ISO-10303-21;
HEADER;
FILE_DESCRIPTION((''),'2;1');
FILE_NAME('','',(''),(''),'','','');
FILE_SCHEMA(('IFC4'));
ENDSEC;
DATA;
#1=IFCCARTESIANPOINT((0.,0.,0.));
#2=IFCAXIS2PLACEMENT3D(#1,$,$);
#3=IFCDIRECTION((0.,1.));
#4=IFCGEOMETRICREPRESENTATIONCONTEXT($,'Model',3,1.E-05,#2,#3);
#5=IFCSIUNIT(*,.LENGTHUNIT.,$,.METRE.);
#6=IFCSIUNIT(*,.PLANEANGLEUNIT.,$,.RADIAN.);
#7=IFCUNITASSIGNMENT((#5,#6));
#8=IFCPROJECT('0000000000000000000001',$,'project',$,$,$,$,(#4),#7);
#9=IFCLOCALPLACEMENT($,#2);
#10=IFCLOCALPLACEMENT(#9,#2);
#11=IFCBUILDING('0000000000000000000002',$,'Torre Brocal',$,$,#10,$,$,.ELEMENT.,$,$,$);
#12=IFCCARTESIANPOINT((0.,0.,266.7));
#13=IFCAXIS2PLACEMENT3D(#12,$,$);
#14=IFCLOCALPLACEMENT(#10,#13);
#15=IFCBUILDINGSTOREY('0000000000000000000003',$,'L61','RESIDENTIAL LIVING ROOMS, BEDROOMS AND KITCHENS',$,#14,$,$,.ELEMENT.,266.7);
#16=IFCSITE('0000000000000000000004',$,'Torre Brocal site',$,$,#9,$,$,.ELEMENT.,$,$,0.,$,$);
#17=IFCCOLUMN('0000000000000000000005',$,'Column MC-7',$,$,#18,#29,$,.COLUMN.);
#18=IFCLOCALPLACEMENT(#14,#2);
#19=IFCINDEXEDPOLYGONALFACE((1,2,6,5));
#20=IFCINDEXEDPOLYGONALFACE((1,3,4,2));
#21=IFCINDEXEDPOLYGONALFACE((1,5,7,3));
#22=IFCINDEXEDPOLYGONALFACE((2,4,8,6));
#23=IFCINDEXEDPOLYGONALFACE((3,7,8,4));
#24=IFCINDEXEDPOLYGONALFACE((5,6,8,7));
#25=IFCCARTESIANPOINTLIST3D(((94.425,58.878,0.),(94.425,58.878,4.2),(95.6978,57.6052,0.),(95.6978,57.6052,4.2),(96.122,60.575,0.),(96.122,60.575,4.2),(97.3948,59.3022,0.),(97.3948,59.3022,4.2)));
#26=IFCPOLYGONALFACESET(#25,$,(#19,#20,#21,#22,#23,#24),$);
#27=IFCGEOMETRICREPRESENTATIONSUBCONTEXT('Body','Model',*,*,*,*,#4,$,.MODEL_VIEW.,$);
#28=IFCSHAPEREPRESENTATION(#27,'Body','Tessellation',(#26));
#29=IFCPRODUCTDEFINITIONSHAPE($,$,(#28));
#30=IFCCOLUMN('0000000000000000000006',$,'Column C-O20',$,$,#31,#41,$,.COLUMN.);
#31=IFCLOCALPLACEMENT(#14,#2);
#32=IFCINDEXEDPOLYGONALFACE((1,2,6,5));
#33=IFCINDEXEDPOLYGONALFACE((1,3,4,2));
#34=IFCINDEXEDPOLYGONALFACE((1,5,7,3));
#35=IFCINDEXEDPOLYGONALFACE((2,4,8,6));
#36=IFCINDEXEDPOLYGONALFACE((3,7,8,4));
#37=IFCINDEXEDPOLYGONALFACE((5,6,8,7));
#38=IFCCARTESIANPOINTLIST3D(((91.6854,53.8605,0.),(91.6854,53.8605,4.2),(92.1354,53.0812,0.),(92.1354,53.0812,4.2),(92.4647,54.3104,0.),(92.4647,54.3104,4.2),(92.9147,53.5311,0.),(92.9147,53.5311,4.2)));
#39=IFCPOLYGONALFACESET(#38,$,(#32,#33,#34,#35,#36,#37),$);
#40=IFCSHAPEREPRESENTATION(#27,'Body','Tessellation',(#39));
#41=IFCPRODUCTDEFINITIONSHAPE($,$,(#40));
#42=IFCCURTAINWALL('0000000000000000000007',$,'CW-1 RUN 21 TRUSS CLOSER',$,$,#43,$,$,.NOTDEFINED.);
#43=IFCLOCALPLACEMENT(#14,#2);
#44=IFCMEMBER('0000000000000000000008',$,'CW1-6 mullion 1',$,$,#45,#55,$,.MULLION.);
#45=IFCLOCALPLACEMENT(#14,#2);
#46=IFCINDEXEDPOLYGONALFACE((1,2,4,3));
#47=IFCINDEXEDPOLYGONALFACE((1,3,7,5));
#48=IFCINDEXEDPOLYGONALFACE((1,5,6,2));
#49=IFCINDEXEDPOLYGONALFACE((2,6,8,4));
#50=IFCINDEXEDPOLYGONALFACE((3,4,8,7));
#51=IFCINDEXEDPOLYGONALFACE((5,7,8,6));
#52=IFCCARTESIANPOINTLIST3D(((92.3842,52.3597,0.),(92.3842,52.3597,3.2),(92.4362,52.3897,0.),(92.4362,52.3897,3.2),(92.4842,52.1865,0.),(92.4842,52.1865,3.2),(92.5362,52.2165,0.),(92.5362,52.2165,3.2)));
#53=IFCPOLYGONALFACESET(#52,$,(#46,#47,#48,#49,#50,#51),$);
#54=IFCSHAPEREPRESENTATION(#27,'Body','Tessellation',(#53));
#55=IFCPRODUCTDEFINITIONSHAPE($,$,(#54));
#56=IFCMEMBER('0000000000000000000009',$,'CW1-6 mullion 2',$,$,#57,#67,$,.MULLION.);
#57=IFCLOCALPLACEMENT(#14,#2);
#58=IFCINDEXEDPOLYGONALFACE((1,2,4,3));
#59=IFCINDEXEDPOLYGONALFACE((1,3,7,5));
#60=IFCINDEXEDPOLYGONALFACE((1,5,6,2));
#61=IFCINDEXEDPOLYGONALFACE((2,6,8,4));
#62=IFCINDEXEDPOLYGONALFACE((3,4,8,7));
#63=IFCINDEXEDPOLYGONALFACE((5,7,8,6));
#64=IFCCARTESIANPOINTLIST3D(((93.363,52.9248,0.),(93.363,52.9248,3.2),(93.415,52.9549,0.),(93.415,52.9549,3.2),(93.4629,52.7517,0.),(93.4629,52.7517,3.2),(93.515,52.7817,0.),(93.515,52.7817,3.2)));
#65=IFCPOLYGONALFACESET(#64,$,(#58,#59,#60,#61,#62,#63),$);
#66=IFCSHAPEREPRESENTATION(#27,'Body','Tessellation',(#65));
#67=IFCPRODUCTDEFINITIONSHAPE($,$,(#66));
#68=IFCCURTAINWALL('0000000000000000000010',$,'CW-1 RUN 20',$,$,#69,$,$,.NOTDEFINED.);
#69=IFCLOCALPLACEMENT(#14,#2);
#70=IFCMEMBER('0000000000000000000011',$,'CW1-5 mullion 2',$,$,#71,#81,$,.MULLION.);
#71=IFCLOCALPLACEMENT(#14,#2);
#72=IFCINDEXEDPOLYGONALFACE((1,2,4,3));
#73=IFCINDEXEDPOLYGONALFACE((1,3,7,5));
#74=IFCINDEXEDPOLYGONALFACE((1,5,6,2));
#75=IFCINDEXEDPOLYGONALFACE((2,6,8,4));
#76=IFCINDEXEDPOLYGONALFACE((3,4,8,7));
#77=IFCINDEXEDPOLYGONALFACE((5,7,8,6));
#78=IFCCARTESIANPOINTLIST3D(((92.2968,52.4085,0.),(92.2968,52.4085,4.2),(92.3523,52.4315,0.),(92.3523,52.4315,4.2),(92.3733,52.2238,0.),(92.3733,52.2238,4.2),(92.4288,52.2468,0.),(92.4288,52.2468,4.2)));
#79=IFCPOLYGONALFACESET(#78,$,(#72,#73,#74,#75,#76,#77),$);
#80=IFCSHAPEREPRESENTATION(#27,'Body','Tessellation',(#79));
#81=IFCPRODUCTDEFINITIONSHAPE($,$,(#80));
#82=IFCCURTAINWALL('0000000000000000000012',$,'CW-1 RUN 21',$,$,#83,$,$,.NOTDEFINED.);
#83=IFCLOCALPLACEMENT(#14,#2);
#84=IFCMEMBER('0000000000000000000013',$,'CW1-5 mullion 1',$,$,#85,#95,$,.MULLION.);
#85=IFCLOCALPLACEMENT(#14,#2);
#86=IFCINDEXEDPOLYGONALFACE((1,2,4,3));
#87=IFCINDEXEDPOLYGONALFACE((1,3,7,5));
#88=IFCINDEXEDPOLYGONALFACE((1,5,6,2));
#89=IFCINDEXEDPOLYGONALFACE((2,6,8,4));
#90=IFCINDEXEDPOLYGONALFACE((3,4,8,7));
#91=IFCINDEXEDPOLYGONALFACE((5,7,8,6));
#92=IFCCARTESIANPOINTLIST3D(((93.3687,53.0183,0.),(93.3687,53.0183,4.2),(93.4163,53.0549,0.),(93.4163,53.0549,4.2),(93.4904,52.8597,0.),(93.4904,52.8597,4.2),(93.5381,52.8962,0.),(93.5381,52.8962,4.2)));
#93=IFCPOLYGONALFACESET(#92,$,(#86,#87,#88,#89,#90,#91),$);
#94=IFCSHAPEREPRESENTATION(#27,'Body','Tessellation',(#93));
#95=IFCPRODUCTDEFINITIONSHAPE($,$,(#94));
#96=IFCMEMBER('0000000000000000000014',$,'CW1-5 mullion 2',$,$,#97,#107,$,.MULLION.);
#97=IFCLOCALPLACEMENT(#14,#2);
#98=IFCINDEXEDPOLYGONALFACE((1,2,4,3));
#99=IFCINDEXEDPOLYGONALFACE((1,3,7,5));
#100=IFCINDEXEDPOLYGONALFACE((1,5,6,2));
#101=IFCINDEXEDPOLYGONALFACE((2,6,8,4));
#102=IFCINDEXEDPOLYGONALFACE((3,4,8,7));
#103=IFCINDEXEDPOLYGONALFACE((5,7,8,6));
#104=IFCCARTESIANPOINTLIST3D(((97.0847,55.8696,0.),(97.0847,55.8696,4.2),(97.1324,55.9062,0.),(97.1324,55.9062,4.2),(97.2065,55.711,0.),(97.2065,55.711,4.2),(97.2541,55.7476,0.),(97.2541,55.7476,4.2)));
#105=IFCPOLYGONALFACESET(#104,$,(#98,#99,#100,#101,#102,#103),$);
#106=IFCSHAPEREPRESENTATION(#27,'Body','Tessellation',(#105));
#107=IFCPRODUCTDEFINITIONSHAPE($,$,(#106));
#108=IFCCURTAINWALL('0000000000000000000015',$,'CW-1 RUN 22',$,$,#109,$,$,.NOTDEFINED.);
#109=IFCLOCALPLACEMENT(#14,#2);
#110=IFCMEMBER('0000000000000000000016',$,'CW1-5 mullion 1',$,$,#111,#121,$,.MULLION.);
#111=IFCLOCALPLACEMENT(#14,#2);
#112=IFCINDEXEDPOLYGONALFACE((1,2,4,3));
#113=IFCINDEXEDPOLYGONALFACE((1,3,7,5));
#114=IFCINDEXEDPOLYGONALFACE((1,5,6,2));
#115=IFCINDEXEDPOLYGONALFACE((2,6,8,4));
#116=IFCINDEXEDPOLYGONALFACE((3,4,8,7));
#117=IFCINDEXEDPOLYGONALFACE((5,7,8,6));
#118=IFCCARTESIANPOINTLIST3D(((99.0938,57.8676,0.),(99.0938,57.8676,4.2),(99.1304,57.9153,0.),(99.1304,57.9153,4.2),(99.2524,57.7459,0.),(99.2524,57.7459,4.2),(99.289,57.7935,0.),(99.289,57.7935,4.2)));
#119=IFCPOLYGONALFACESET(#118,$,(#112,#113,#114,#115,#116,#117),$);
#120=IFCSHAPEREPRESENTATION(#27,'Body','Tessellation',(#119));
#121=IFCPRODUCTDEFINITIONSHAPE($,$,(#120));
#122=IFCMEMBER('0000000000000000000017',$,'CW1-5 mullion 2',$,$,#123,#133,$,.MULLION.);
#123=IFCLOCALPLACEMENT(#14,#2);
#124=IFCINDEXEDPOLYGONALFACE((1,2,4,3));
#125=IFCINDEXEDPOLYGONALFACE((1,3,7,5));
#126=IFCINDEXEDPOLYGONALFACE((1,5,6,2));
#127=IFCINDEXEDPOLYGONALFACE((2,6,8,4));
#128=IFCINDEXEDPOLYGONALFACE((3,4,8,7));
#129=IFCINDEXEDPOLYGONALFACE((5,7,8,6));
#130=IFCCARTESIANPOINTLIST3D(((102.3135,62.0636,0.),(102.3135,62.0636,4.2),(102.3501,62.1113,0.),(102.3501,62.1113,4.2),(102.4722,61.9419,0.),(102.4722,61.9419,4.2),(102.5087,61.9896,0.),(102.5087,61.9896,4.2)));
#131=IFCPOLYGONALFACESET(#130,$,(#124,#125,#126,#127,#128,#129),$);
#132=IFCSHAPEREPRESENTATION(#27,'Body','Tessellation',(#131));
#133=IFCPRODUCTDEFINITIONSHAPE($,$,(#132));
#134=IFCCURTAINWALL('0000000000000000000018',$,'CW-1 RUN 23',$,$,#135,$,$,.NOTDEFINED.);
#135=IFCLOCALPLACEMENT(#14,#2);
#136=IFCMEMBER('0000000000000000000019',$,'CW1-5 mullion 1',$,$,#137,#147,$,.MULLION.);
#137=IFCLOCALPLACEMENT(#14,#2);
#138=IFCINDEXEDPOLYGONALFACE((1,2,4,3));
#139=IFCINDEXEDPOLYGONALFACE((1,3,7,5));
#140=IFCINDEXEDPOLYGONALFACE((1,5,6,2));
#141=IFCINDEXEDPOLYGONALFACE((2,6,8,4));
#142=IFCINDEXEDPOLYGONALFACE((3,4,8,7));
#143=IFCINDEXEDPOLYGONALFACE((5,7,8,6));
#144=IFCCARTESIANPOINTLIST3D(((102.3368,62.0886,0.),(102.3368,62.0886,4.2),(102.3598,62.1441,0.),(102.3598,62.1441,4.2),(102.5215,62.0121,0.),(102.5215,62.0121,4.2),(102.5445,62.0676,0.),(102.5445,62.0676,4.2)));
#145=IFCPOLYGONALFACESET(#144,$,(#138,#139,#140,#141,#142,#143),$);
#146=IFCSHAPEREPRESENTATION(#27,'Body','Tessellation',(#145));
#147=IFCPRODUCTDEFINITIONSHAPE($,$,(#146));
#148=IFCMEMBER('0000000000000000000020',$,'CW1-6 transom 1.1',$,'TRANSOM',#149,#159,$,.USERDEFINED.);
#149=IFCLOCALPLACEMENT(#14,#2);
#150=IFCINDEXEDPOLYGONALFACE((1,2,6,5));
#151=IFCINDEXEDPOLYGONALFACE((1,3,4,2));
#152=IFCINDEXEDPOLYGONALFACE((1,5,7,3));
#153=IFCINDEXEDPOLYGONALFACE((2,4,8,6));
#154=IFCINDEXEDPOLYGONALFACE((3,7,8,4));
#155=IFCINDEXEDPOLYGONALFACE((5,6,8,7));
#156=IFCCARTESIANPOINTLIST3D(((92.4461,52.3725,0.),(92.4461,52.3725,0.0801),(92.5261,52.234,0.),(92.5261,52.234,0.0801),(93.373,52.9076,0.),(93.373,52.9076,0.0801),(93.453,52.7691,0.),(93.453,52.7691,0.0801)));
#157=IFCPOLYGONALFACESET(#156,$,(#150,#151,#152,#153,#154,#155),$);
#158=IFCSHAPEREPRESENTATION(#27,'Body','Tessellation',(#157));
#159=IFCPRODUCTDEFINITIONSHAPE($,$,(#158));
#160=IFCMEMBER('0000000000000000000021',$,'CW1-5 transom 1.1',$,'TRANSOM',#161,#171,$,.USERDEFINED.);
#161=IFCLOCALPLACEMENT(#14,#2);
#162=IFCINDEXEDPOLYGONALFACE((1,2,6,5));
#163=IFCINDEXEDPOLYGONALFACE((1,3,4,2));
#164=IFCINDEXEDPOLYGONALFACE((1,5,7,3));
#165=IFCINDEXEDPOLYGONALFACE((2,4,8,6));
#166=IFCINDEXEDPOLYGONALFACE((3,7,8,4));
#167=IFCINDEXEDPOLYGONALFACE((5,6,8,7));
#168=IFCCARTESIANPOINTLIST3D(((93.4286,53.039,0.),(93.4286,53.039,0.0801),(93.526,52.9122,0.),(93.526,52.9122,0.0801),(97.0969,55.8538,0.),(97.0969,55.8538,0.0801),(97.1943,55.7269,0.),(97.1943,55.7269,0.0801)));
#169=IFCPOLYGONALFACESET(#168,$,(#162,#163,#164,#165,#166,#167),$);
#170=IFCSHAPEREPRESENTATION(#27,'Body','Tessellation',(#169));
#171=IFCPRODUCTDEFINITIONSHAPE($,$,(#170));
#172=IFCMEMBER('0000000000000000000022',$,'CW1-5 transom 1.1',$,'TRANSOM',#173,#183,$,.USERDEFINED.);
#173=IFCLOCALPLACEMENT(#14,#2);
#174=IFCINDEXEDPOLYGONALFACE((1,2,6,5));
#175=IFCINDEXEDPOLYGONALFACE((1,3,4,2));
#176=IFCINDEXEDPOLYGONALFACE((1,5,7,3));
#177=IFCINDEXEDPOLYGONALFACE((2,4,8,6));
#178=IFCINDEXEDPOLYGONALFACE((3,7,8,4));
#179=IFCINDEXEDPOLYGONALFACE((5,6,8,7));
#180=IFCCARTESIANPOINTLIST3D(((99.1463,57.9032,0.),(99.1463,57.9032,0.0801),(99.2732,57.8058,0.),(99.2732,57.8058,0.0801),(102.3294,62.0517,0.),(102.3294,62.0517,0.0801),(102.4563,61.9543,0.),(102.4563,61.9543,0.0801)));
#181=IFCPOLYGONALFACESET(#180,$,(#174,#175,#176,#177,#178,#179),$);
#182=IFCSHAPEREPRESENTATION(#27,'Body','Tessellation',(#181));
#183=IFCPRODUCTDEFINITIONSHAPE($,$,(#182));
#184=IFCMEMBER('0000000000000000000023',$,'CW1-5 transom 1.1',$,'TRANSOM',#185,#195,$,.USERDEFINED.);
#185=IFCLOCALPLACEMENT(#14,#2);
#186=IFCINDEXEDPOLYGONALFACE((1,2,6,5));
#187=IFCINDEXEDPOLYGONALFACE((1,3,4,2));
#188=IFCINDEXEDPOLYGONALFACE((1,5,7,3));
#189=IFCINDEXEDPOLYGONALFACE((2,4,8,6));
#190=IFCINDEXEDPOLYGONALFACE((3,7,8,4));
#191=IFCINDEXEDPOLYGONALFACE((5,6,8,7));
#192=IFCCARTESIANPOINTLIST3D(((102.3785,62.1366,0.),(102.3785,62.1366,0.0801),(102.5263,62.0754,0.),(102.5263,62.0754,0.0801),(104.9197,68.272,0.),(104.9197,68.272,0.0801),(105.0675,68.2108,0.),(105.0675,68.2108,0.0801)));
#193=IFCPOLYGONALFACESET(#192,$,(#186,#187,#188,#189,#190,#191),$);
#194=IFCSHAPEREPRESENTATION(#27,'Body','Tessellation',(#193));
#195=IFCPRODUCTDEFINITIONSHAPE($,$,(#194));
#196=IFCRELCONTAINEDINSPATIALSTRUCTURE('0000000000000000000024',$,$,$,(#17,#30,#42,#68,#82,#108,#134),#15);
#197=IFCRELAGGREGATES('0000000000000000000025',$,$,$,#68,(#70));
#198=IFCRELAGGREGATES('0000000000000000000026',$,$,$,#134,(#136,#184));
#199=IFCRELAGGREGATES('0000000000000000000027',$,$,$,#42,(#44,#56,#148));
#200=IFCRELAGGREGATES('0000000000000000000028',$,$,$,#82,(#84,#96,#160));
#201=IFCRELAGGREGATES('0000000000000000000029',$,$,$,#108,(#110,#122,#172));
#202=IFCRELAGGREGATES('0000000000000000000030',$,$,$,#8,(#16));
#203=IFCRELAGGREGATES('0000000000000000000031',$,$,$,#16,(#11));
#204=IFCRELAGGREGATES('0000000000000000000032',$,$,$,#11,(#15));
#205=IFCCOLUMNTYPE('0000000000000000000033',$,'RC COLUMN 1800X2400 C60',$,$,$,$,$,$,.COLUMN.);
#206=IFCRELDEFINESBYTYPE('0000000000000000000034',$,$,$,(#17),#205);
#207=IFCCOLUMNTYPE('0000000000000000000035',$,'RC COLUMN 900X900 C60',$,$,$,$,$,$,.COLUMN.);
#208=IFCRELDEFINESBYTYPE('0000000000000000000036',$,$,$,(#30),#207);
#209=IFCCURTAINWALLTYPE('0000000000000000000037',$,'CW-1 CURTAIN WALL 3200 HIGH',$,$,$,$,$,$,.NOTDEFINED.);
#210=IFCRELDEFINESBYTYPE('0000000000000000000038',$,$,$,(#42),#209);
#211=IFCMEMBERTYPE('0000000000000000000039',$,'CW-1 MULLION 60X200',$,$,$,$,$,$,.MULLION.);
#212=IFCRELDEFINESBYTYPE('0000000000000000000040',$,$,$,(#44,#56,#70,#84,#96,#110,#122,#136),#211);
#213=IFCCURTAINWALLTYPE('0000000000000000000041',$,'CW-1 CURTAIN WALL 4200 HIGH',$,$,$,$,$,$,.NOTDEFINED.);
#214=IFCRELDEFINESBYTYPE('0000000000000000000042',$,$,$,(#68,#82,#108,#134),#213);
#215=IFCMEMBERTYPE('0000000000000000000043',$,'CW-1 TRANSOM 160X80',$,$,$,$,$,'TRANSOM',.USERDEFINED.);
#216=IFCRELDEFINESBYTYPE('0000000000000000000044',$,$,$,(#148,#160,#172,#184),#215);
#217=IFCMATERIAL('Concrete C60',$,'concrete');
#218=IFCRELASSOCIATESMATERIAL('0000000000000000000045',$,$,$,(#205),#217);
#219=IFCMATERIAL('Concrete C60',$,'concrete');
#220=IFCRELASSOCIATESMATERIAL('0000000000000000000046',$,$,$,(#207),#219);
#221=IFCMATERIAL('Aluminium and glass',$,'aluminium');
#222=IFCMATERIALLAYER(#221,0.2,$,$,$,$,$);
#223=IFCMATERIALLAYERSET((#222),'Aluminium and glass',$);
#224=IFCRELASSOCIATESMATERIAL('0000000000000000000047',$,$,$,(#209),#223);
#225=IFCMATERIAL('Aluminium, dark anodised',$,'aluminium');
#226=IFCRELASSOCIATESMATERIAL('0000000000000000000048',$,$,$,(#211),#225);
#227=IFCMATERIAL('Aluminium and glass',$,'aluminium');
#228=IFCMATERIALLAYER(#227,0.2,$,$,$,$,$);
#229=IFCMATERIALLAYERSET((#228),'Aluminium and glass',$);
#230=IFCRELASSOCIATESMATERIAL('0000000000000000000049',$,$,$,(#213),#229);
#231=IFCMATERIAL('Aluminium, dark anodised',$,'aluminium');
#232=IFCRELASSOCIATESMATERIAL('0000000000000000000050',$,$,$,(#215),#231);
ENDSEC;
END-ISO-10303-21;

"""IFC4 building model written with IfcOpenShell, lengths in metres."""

from ifc_helpers import new_model, si_unit, direction, frame, origin, origin_2d, place, context, subcontext, project, spatial, rectangle, extrude, material, layer, layer_set, material_profile, profile_set, type_object, element, aggregate, save


model = new_model("IFC4")

# Units and contexts
model_context = context("Model", 3, precision=1e-05, world=origin(), true_north=direction((0.0, 1.0)))
body_context = subcontext(model_context, "Body", "Model", "MODEL_VIEW")
ifc_project = project(units=[si_unit("LENGTHUNIT", "METRE"), si_unit("PLANEANGLEUNIT", "RADIAN")], contexts=[model_context])

# Site, building, storey
site_placement = place(None, origin())
site = spatial("IfcSite", under=ifc_project, at=site_placement, Name="Torre Brocal site", CompositionType="ELEMENT", RefElevation=0.0)
building_placement = place(site_placement, origin())
building = spatial("IfcBuilding", under=site, at=building_placement, Name="Torre Brocal", CompositionType="ELEMENT")
storey_placement = place(building_placement, frame((0.0, 0.0, 266.7)))
storey = spatial("IfcBuildingStorey", under=building, at=storey_placement, Name="L61", Description="RESIDENTIAL LIVING ROOMS, BEDROOMS AND KITCHENS", CompositionType="ELEMENT", Elevation=266.7)

# Columns
ifc_material_1 = material(Name="Concrete C60", Category="concrete")
ifc_material_profile_1 = material_profile(ifc_material_1, rectangle(XDim=1.8, YDim=2.3999, at=origin_2d()), Name="RC 1800X2400")
ifc_profile_set_1 = profile_set([ifc_material_profile_1], Name="Concrete C60")
column_type_1 = type_object("IfcColumnType", Name="RC COLUMN 1800X2400 C60", PredefinedType="COLUMN", material=ifc_profile_set_1)
column_1_placement = place(storey_placement, frame((95.9099, 59.0901, 0.0), z_axis=(0.0, 0.0, 1.0), x_axis=(0.707107, -0.707107, 0.0)))
element("IfcColumn", 1, at=column_1_placement, inside=storey, type_object=column_type_1, Name="Column MC-7", PredefinedType="COLUMN", context=body_context, shape_type="SweptSolid", body=[
    extrude(rectangle(XDim=1.8, YDim=2.3999, at=origin_2d()), origin(), (0.0, 0.0, 1.0), 4.2),
])
ifc_material_2 = material(Name="Concrete C60", Category="concrete")
ifc_material_profile_2 = material_profile(ifc_material_2, rectangle(XDim=0.8999, YDim=0.8999, at=origin_2d()), Name="RC 900X900")
ifc_profile_set_2 = profile_set([ifc_material_profile_2], Name="Concrete C60")
column_type_2 = type_object("IfcColumnType", Name="RC COLUMN 900X900 C60", PredefinedType="COLUMN", material=ifc_profile_set_2)
column_2_placement = place(storey_placement, frame((92.3, 53.6958, 0.0), z_axis=(0.0, 0.0, 1.0), x_axis=(0.5, -0.866025, 0.0)))
element("IfcColumn", 2, at=column_2_placement, inside=storey, type_object=column_type_2, Name="Column C-O20", PredefinedType="COLUMN", context=body_context, shape_type="SweptSolid", body=[
    extrude(rectangle(XDim=0.8999, YDim=0.8999, at=origin_2d()), origin(), (0.0, 0.0, 1.0), 4.2),
])

# Curtain wall, members
ifc_material_3 = material(Name="Aluminium and glass", Category="aluminium")
ifc_layer_1 = layer(ifc_material_3, 0.2)
ifc_layer_set_1 = layer_set([ifc_layer_1], Name="Aluminium and glass")
curtain_wall_type_1 = type_object("IfcCurtainWallType", Name="CW-1 CURTAIN WALL 3200 HIGH", PredefinedType="NOTDEFINED", material=ifc_layer_set_1)
curtain_wall_1_placement = place(storey_placement, origin())
curtain_wall_1 = element("IfcCurtainWall", 3, at=curtain_wall_1_placement, inside=storey, type_object=curtain_wall_type_1, Name="CW-1 RUN 21 TRUSS CLOSER", PredefinedType="NOTDEFINED")
ifc_material_4 = material(Name="Aluminium, dark anodised", Category="aluminium")
ifc_material_profile_3 = material_profile(ifc_material_4, rectangle(XDim=0.2, YDim=0.0601, at=origin_2d()), Name="CW-1 MULLION 60X200")
ifc_profile_set_3 = profile_set([ifc_material_profile_3], Name="Aluminium, dark anodised")
member_type_1 = type_object("IfcMemberType", Name="CW-1 MULLION 60X200", PredefinedType="MULLION", material=ifc_profile_set_3)
member_1_placement = place(storey_placement, frame((92.4602, 52.2881, 0.0), z_axis=(0.0, 0.0, 1.0), x_axis=(-0.5, 0.866025, 0.0)))
member_1 = element("IfcMember", 4, at=member_1_placement, type_object=member_type_1, Name="CW1-6 mullion 1", PredefinedType="MULLION", context=body_context, shape_type="SweptSolid", body=[
    extrude(rectangle(XDim=0.2, YDim=0.0601, at=origin_2d()), origin(), (0.0, 0.0, 1.0), 3.2),
])
member_2_placement = place(storey_placement, frame((93.439, 52.8533, 0.0), z_axis=(0.0, 0.0, 1.0), x_axis=(-0.5, 0.866025, 0.0)))
member_2 = element("IfcMember", 5, at=member_2_placement, type_object=member_type_1, Name="CW1-6 mullion 2", PredefinedType="MULLION", context=body_context, shape_type="SweptSolid", body=[
    extrude(rectangle(XDim=0.2, YDim=0.0601, at=origin_2d()), origin(), (0.0, 0.0, 1.0), 3.2),
])

# Curtain wall, member
ifc_material_5 = material(Name="Aluminium and glass", Category="aluminium")
ifc_layer_2 = layer(ifc_material_5, 0.2)
ifc_layer_set_2 = layer_set([ifc_layer_2], Name="Aluminium and glass")
curtain_wall_type_2 = type_object("IfcCurtainWallType", Name="CW-1 CURTAIN WALL 4200 HIGH", PredefinedType="NOTDEFINED", material=ifc_layer_set_2)
curtain_wall_2_placement = place(storey_placement, origin())
curtain_wall_2 = element("IfcCurtainWall", 6, at=curtain_wall_2_placement, inside=storey, type_object=curtain_wall_type_2, Name="CW-1 RUN 20", PredefinedType="NOTDEFINED")
member_3_placement = place(storey_placement, frame((92.3628, 52.3276, 0.0), z_axis=(0.0, 0.0, 1.0), x_axis=(-0.382683, 0.92388, 0.0)))
member_3 = element("IfcMember", 7, at=member_3_placement, type_object=member_type_1, Name="CW1-5 mullion 2", PredefinedType="MULLION", context=body_context, shape_type="SweptSolid", body=[
    extrude(rectangle(XDim=0.2, YDim=0.0601, at=origin_2d()), origin(), (0.0, 0.0, 1.0), 4.2),
])
aggregate(curtain_wall_2, [member_3])

# Curtain walls, members
curtain_wall_3_placement = place(storey_placement, origin())
curtain_wall_3 = element("IfcCurtainWall", 8, at=curtain_wall_3_placement, inside=storey, type_object=curtain_wall_type_2, Name="CW-1 RUN 21", PredefinedType="NOTDEFINED")
member_4_placement = place(storey_placement, frame((93.4534, 52.9573, 0.0), z_axis=(0.0, 0.0, 1.0), x_axis=(-0.608761, 0.793353, 0.0)))
member_4 = element("IfcMember", 9, at=member_4_placement, type_object=member_type_1, Name="CW1-5 mullion 1", PredefinedType="MULLION", context=body_context, shape_type="SweptSolid", body=[
    extrude(rectangle(XDim=0.2, YDim=0.0601, at=origin_2d()), origin(), (0.0, 0.0, 1.0), 4.2),
])
member_5_placement = place(storey_placement, frame((97.1694, 55.8086, 0.0), z_axis=(0.0, 0.0, 1.0), x_axis=(-0.608761, 0.793353, 0.0)))
member_5 = element("IfcMember", 10, at=member_5_placement, type_object=member_type_1, Name="CW1-5 mullion 2", PredefinedType="MULLION", context=body_context, shape_type="SweptSolid", body=[
    extrude(rectangle(XDim=0.2, YDim=0.0601, at=origin_2d()), origin(), (0.0, 0.0, 1.0), 4.2),
])
curtain_wall_4_placement = place(storey_placement, origin())
curtain_wall_4 = element("IfcCurtainWall", 11, at=curtain_wall_4_placement, inside=storey, type_object=curtain_wall_type_2, Name="CW-1 RUN 22", PredefinedType="NOTDEFINED")
member_6_placement = place(storey_placement, frame((99.1914, 57.8306, 0.0), z_axis=(0.0, 0.0, 1.0), x_axis=(-0.793353, 0.608761, 0.0)))
member_6 = element("IfcMember", 12, at=member_6_placement, type_object=member_type_1, Name="CW1-5 mullion 1", PredefinedType="MULLION", context=body_context, shape_type="SweptSolid", body=[
    extrude(rectangle(XDim=0.2, YDim=0.0601, at=origin_2d()), origin(), (0.0, 0.0, 1.0), 4.2),
])
member_7_placement = place(storey_placement, frame((102.4111, 62.0266, 0.0), z_axis=(0.0, 0.0, 1.0), x_axis=(-0.793353, 0.608761, 0.0)))
member_7 = element("IfcMember", 13, at=member_7_placement, type_object=member_type_1, Name="CW1-5 mullion 2", PredefinedType="MULLION", context=body_context, shape_type="SweptSolid", body=[
    extrude(rectangle(XDim=0.2, YDim=0.0601, at=origin_2d()), origin(), (0.0, 0.0, 1.0), 4.2),
])

# Curtain wall, member
curtain_wall_5_placement = place(storey_placement, origin())
curtain_wall_5 = element("IfcCurtainWall", 14, at=curtain_wall_5_placement, inside=storey, type_object=curtain_wall_type_2, Name="CW-1 RUN 23", PredefinedType="NOTDEFINED")
member_8_placement = place(storey_placement, frame((102.4407, 62.0781, 0.0), z_axis=(0.0, 0.0, 1.0), x_axis=(-0.92388, 0.382683, 0.0)))
member_8 = element("IfcMember", 15, at=member_8_placement, type_object=member_type_1, Name="CW1-5 mullion 1", PredefinedType="MULLION", context=body_context, shape_type="SweptSolid", body=[
    extrude(rectangle(XDim=0.2, YDim=0.0601, at=origin_2d()), origin(), (0.0, 0.0, 1.0), 4.2),
])

# Members
ifc_material_6 = material(Name="Aluminium, dark anodised", Category="aluminium")
ifc_material_profile_4 = material_profile(ifc_material_6, rectangle(XDim=0.1599, YDim=0.0801, at=origin_2d()), Name="CW-1 TRANSOM 160X80")
ifc_profile_set_4 = profile_set([ifc_material_profile_4], Name="Aluminium, dark anodised")
member_type_2 = type_object("IfcMemberType", Name="CW-1 TRANSOM 160X80", ElementType="TRANSOM", PredefinedType="USERDEFINED", material=ifc_profile_set_4)
member_9_placement = place(storey_placement, frame((92.4861, 52.3032, 0.04), z_axis=(0.866045, 0.499966, 0.0), x_axis=(-0.499966, 0.866045, 0.0)))
member_9 = element("IfcMember", 16, at=member_9_placement, type_object=member_type_2, Name="CW1-6 transom 1.1", ObjectType="TRANSOM", PredefinedType="USERDEFINED", context=body_context, shape_type="SweptSolid", body=[
    extrude(rectangle(XDim=0.1599, YDim=0.0801, at=origin_2d()), origin(), (0.0, 0.0, 1.0), 1.0703),
])
member_10_placement = place(storey_placement, frame((93.4773, 52.9756, 0.04), z_axis=(0.793356, 0.608759, 0.0), x_axis=(-0.608759, 0.793356, 0.0)))
member_10 = element("IfcMember", 17, at=member_10_placement, type_object=member_type_2, Name="CW1-5 transom 1.1", ObjectType="TRANSOM", PredefinedType="USERDEFINED", context=body_context, shape_type="SweptSolid", body=[
    extrude(rectangle(XDim=0.1599, YDim=0.0801, at=origin_2d()), origin(), (0.0, 0.0, 1.0), 4.6238),
])
member_11_placement = place(storey_placement, frame((99.2097, 57.8545, 0.04), z_axis=(0.608749, 0.793363, 0.0), x_axis=(-0.793363, 0.608749, 0.0)))
member_11 = element("IfcMember", 18, at=member_11_placement, type_object=member_type_2, Name="CW1-5 transom 1.1", ObjectType="TRANSOM", PredefinedType="USERDEFINED", context=body_context, shape_type="SweptSolid", body=[
    extrude(rectangle(XDim=0.1599, YDim=0.0801, at=origin_2d()), origin(), (0.0, 0.0, 1.0), 5.229),
])
member_12_placement = place(storey_placement, frame((102.4524, 62.106, 0.04), z_axis=(0.382665, 0.923887, 0.0), x_axis=(-0.923887, 0.382665, 0.0)))
member_12 = element("IfcMember", 19, at=member_12_placement, type_object=member_type_2, Name="CW1-5 transom 1.1", ObjectType="TRANSOM", PredefinedType="USERDEFINED", context=body_context, shape_type="SweptSolid", body=[
    extrude(rectangle(XDim=0.1599, YDim=0.0801, at=origin_2d()), origin(), (0.0, 0.0, 1.0), 6.6409),
])
aggregate(curtain_wall_5, [member_8, member_12])

aggregate(curtain_wall_1, [member_1, member_2, member_9])
aggregate(curtain_wall_3, [member_4, member_5, member_10])
aggregate(curtain_wall_4, [member_6, member_7, member_11])

save(model, "model.ifc")
